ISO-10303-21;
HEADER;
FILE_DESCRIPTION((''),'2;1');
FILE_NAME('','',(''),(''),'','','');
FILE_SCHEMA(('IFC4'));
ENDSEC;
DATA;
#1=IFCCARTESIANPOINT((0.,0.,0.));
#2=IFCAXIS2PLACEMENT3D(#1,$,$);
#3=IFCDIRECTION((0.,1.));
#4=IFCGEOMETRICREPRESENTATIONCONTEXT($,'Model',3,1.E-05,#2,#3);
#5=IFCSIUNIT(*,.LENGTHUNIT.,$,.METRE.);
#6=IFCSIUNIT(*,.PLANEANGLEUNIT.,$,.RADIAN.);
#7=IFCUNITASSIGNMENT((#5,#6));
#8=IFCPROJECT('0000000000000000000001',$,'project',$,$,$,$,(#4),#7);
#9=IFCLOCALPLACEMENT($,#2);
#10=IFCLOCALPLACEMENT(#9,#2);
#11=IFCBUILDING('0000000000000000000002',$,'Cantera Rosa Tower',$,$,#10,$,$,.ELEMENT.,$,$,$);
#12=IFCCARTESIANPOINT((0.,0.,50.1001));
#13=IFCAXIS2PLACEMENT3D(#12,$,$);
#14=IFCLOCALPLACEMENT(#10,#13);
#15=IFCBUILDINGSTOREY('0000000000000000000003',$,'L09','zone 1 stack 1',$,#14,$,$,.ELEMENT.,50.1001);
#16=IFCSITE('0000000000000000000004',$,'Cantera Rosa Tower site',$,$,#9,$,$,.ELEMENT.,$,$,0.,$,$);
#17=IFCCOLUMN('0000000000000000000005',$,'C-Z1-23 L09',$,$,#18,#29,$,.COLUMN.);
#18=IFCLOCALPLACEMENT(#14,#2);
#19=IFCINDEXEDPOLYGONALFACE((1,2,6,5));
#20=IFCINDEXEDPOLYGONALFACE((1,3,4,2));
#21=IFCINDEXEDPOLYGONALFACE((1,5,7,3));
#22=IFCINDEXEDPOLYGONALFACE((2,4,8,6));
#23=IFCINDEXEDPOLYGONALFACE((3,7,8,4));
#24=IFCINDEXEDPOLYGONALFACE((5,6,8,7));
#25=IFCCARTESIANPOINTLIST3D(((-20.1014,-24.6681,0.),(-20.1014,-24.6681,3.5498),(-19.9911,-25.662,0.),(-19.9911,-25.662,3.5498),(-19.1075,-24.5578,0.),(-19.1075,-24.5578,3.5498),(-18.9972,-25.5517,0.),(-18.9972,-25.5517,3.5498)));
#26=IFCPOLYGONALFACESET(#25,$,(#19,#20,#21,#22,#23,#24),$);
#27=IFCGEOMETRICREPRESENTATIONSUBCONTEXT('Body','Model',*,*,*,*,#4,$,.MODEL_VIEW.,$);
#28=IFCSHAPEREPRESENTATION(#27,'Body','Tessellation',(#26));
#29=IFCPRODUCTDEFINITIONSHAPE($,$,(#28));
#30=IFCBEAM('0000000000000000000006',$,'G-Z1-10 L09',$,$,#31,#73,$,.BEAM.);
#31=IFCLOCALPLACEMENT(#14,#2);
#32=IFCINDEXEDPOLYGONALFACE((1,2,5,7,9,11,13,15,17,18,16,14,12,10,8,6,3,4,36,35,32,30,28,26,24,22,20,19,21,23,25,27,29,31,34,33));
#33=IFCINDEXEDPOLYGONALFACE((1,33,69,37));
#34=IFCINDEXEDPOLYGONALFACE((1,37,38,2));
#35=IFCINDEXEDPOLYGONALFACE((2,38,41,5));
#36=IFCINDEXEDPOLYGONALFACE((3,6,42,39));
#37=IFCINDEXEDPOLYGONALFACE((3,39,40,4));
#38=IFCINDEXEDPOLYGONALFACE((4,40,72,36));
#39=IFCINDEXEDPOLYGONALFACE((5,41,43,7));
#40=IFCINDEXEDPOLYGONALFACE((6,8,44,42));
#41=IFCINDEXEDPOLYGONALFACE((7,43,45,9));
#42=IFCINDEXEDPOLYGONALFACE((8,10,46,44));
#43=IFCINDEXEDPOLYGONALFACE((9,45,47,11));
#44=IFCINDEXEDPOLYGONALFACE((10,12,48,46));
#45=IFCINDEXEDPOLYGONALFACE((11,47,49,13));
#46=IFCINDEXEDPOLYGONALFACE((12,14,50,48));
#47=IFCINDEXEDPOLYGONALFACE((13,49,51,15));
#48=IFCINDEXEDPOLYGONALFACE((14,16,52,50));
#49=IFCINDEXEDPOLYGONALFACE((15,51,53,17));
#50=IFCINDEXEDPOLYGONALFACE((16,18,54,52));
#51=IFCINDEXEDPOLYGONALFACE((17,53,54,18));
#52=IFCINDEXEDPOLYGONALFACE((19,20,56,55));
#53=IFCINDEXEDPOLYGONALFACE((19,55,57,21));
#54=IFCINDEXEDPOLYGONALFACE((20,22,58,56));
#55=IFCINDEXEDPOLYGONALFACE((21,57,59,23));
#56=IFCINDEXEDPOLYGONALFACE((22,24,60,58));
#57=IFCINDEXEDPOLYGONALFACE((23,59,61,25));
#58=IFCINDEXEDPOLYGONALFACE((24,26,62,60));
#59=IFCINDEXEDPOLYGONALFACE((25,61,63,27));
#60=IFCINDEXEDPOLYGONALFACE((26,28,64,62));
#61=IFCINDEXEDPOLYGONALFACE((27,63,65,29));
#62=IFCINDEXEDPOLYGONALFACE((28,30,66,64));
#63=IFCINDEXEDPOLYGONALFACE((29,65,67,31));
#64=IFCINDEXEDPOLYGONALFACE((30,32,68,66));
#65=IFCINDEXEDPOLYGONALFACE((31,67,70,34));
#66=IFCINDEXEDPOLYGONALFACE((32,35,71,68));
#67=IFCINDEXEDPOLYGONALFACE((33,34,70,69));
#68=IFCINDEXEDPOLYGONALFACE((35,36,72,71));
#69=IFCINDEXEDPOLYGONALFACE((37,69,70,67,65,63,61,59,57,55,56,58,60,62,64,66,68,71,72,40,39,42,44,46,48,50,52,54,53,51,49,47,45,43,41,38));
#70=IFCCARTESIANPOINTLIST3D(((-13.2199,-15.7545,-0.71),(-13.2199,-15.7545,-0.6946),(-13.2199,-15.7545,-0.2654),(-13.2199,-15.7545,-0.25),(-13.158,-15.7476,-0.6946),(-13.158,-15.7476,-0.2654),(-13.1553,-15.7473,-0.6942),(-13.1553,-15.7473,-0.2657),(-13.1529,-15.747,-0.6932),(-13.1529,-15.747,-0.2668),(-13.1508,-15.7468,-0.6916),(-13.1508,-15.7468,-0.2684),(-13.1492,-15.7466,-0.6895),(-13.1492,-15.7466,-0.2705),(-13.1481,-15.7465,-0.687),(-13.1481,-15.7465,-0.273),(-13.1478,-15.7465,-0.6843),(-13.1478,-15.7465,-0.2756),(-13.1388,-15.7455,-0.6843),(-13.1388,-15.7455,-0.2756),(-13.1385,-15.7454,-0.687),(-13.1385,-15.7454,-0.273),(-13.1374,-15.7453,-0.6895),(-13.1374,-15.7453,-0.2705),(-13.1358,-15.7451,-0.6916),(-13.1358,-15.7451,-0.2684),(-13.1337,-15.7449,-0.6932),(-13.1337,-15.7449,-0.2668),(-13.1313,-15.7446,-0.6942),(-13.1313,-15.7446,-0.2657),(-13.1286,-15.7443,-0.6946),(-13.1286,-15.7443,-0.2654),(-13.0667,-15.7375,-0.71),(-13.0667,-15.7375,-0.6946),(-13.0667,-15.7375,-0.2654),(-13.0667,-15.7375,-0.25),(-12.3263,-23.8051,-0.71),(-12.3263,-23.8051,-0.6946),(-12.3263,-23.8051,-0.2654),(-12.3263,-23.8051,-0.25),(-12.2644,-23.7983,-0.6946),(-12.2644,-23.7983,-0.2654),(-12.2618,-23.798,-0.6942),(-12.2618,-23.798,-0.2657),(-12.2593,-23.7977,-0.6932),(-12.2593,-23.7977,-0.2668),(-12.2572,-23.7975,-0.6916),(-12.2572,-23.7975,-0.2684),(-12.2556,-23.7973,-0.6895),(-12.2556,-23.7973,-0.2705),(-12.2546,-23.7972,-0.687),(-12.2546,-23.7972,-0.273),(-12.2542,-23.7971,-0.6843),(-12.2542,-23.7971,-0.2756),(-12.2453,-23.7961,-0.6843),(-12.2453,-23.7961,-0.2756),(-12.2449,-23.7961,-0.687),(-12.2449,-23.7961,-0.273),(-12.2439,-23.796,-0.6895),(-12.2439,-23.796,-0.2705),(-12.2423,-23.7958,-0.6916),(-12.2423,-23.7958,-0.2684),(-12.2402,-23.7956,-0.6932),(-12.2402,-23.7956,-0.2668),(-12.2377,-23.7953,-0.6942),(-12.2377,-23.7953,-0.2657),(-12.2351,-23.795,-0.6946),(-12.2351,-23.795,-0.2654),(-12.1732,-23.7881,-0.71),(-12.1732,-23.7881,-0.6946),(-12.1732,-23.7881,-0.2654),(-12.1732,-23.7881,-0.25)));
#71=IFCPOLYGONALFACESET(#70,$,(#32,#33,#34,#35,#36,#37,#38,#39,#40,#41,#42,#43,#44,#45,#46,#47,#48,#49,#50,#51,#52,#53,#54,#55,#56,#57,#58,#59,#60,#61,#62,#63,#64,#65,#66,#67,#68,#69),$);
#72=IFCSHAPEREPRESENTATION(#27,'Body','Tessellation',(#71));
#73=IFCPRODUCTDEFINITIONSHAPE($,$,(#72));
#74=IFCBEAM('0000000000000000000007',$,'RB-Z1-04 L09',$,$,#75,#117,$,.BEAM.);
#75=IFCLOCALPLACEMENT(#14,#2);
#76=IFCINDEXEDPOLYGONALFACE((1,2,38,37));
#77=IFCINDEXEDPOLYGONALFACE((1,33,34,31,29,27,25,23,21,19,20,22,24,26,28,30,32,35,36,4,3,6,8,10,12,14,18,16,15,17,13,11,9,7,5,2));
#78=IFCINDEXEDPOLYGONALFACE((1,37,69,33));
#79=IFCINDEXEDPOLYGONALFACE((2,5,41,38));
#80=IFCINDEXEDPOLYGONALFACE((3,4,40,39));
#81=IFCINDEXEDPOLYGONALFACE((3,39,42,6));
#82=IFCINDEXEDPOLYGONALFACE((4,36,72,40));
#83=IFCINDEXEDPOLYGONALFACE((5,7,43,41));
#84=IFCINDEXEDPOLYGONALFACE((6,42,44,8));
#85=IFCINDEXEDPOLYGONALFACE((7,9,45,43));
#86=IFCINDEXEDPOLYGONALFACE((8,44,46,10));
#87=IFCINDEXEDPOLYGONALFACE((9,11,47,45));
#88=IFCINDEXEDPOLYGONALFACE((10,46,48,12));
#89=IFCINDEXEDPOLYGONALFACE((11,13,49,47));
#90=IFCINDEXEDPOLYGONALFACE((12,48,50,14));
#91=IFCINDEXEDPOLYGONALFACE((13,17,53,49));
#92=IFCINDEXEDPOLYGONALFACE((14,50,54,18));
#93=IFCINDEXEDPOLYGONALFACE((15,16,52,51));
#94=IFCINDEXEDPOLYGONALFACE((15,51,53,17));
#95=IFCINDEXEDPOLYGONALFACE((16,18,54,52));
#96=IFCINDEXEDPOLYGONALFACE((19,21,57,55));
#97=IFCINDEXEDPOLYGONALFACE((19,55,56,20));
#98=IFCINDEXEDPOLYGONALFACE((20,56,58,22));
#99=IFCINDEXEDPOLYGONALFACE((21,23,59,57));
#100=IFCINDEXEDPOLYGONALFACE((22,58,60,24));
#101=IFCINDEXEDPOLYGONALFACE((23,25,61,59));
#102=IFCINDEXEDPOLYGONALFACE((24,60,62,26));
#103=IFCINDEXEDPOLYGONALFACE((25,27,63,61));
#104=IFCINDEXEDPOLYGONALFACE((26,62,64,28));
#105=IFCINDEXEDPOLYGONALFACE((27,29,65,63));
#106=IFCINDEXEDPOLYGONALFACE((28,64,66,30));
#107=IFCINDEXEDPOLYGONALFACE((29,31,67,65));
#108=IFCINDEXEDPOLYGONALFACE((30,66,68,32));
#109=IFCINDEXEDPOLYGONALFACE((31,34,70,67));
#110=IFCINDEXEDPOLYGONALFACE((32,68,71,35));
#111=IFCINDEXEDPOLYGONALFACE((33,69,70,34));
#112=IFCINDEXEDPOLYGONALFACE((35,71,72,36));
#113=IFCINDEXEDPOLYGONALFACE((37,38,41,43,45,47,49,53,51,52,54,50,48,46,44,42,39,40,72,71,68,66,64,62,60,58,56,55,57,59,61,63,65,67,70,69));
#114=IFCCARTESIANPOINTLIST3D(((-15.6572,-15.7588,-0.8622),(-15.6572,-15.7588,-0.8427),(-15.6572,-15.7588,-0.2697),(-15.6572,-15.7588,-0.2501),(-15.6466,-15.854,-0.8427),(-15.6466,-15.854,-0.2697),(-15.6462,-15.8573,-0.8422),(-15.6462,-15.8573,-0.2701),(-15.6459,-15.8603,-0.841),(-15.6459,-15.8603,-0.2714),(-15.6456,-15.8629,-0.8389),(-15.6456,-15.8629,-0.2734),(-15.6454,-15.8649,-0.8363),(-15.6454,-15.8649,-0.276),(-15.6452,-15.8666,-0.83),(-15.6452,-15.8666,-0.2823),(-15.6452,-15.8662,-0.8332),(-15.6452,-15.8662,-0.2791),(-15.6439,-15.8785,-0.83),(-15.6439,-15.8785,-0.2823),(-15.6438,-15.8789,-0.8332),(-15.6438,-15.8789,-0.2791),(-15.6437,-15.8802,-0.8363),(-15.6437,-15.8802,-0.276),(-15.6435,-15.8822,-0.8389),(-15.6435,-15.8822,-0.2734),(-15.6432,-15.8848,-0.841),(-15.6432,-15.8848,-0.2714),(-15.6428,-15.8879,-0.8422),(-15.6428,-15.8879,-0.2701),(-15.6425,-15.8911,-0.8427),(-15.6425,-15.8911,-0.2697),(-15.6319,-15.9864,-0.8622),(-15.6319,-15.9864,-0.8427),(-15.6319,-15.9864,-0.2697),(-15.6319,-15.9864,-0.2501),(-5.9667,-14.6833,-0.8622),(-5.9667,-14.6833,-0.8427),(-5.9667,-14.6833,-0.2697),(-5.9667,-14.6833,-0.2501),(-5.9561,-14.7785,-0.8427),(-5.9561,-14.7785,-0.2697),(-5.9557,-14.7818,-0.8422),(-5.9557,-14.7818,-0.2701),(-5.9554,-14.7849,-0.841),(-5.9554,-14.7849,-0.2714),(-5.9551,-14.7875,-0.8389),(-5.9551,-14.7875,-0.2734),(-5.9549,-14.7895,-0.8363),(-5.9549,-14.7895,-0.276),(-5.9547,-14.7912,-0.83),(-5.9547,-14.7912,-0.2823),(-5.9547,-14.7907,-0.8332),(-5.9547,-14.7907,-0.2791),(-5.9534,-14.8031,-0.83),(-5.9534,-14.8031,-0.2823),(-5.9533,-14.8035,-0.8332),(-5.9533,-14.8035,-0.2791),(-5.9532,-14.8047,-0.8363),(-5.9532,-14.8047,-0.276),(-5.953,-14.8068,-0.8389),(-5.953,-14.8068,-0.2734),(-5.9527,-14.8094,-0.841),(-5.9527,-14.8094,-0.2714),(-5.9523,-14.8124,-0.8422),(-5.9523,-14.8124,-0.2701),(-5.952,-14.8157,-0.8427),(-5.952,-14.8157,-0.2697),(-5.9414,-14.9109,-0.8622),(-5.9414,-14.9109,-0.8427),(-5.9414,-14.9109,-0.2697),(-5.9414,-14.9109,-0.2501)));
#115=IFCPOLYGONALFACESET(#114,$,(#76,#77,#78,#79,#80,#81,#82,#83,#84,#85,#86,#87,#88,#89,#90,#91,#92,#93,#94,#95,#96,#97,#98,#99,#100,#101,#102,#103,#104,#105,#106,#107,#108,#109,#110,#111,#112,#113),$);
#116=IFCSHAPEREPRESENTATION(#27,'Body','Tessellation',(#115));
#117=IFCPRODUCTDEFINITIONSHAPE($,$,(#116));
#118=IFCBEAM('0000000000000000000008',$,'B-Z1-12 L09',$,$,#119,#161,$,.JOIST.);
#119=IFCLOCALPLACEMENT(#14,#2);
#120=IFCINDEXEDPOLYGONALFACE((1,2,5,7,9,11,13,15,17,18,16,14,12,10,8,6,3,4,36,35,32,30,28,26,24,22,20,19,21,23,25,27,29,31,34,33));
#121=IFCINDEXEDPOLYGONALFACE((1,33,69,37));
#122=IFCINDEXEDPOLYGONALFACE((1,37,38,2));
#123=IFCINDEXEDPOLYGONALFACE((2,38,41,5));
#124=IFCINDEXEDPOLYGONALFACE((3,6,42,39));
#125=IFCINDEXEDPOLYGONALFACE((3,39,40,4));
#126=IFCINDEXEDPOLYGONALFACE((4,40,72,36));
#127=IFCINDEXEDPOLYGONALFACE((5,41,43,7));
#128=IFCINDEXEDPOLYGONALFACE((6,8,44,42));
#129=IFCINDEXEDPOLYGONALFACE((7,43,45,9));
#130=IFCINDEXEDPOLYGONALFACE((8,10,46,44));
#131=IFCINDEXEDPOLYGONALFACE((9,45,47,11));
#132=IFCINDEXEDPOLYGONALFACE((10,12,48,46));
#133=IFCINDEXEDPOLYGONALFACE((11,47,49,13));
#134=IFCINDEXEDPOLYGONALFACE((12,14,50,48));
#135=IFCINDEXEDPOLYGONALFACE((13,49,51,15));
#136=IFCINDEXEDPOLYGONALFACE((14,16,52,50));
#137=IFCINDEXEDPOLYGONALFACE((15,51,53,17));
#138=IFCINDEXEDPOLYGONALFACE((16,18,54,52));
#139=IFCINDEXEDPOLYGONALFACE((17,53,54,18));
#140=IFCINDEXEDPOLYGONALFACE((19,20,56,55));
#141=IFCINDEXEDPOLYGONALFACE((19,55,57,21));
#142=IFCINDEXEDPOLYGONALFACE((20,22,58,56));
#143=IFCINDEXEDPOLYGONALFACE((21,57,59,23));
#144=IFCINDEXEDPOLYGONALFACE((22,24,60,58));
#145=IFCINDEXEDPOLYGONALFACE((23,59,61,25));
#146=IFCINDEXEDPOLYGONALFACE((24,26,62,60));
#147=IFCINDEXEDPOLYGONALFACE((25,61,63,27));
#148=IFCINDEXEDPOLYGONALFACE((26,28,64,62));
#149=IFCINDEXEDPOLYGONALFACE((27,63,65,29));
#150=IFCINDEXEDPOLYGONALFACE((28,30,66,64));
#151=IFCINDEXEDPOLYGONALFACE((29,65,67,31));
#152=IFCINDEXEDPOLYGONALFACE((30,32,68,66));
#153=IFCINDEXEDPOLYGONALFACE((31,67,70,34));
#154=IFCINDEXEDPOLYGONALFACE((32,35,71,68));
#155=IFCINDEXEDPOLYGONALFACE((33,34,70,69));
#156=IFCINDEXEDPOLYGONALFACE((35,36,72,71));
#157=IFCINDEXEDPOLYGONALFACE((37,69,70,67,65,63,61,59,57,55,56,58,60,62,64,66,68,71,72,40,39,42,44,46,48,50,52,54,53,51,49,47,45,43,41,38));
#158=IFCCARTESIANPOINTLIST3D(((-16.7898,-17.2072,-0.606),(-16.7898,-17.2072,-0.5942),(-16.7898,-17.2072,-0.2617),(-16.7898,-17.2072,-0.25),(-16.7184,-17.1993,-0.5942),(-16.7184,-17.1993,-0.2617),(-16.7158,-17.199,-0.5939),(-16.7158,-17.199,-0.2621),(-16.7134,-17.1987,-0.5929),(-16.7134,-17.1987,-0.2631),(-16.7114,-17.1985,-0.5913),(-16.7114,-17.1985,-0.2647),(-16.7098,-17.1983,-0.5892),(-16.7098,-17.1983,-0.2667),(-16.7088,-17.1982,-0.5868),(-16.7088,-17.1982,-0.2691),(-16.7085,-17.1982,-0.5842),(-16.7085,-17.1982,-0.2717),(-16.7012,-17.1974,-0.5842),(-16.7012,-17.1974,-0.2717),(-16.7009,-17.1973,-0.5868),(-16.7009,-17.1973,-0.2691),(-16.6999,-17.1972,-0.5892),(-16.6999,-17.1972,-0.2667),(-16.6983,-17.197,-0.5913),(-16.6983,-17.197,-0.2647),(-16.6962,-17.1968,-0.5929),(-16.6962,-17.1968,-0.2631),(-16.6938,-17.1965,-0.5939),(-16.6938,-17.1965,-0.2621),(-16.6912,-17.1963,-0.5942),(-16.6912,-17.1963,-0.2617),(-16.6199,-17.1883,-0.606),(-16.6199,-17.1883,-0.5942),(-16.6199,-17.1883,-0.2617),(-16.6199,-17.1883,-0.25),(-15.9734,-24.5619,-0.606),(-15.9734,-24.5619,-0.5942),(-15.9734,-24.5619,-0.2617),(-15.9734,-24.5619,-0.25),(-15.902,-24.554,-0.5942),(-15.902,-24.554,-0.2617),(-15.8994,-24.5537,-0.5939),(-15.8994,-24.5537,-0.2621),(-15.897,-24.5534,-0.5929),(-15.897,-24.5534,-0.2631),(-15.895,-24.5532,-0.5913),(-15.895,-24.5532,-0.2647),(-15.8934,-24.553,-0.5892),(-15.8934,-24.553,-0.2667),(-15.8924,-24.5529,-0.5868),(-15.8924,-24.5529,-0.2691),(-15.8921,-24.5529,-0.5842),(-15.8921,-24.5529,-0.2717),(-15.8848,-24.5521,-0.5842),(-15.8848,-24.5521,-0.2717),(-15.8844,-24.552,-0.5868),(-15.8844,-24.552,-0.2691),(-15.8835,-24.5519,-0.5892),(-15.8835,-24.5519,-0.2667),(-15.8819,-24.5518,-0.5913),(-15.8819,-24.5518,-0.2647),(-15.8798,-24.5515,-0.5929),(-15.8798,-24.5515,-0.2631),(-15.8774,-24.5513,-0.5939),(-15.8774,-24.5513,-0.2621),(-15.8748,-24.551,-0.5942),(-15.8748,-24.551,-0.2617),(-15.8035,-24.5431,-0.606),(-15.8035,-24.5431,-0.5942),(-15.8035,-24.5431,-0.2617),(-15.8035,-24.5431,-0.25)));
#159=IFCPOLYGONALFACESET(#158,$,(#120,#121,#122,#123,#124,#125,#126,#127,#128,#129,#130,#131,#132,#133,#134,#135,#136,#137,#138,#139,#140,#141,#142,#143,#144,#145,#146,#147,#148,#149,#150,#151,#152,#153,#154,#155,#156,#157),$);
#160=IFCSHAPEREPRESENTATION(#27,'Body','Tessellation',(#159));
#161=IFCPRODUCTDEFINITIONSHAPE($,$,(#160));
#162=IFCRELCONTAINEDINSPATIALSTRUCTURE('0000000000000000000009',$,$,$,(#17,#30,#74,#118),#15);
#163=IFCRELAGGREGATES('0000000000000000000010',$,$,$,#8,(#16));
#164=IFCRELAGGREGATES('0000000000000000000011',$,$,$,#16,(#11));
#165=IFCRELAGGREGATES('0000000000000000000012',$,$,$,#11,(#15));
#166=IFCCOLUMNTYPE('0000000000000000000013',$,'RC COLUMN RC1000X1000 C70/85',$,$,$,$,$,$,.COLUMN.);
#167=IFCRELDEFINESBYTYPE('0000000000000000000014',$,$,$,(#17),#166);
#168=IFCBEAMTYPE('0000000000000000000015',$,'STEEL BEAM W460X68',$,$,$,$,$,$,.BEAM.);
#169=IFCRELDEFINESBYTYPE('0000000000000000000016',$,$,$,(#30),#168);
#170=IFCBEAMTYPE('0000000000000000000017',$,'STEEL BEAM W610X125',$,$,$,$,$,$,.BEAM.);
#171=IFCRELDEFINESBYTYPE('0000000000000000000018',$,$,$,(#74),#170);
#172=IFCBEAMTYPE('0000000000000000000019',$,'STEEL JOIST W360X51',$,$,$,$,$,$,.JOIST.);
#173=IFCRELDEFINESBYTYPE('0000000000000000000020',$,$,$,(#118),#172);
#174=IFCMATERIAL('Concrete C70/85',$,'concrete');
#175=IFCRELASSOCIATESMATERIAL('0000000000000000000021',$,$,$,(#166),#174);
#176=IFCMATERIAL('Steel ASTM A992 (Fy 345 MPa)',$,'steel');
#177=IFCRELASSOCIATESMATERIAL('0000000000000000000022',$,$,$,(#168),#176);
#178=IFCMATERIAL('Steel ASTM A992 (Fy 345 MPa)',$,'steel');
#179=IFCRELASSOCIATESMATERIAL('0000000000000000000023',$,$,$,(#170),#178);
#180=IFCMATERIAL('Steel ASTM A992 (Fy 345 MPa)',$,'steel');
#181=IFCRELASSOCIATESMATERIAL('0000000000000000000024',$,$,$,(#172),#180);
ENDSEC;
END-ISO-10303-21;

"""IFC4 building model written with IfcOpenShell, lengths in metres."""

from ifc_helpers import new_model, si_unit, direction, frame, origin, origin_2d, place, context, subcontext, project, spatial, rectangle, i_section, extrude, material, material_profile, profile_set, type_object, element, save


model = new_model("IFC4")

# Units and contexts
model_context = context("Model", 3, precision=1e-05, world=origin(), true_north=direction((0.0, 1.0)))
body_context = subcontext(model_context, "Body", "Model", "MODEL_VIEW")
ifc_project = project(units=[si_unit("LENGTHUNIT", "METRE"), si_unit("PLANEANGLEUNIT", "RADIAN")], contexts=[model_context])

# Site, building, storey
site_placement = place(None, origin())
site = spatial("IfcSite", under=ifc_project, at=site_placement, Name="Cantera Rosa Tower site", CompositionType="ELEMENT", RefElevation=0.0)
building_placement = place(site_placement, origin())
building = spatial("IfcBuilding", under=site, at=building_placement, Name="Cantera Rosa Tower", CompositionType="ELEMENT")
storey_placement = place(building_placement, frame((0.0, 0.0, 50.1001)))
storey = spatial("IfcBuildingStorey", under=building, at=storey_placement, Name="L09", Description="zone 1 stack 1", CompositionType="ELEMENT", Elevation=50.1001)

# Column
ifc_material_1 = material(Name="Concrete C70/85", Category="concrete")
ifc_material_profile_1 = material_profile(ifc_material_1, rectangle(XDim=1.0, YDim=1.0, at=origin_2d()), Name="RC COLUMN RC1000X1000 C70/85")
ifc_profile_set_1 = profile_set([ifc_material_profile_1], Name="Concrete C70/85")
column_type = type_object("IfcColumnType", Name="RC COLUMN RC1000X1000 C70/85", PredefinedType="COLUMN", material=ifc_profile_set_1)
column_placement = place(storey_placement, frame((-19.5493, -25.1099, 0.0), z_axis=(0.0, 0.0, 1.0), x_axis=(0.993897, 0.110313, 0.0)))
element("IfcColumn", 1, at=column_placement, inside=storey, type_object=column_type, Name="C-Z1-23 L09", PredefinedType="COLUMN", context=body_context, shape_type="SweptSolid", body=[
    extrude(rectangle(XDim=1.0, YDim=1.0, at=origin_2d()), origin(), (0.0, 0.0, 1.0), 3.5498),
])

# Beams
ifc_material_2 = material(Name="Steel ASTM A992 (Fy 345 MPa)", Category="steel")
ifc_material_profile_2 = material_profile(ifc_material_2, i_section(OverallWidth=0.1541, OverallDepth=0.46, WebThickness=0.009, FlangeThickness=0.0154, FilletRadius=0.0103, at=origin_2d()), Name="W460X68")
ifc_profile_set_2 = profile_set([ifc_material_profile_2], Name="Steel ASTM A992 (Fy 345 MPa)")
beam_type_1 = type_object("IfcBeamType", Name="STEEL BEAM W460X68", PredefinedType="BEAM", material=ifc_profile_set_2)
beam_1_placement = place(storey_placement, frame((-12.2498, -23.7966, -0.48), z_axis=(-0.110312, 0.993897, 0.0), x_axis=(-0.993897, -0.110312, 0.0)))
element("IfcBeam", 2, at=beam_1_placement, inside=storey, type_object=beam_type_1, Name="G-Z1-10 L09", PredefinedType="BEAM", context=body_context, shape_type="SweptSolid", body=[
    extrude(i_section(OverallWidth=0.1541, OverallDepth=0.46, WebThickness=0.009, FlangeThickness=0.0154, FilletRadius=0.0103, at=origin_2d()), origin(), (0.0, 0.0, 1.0), 8.1001),
])
ifc_material_3 = material(Name="Steel ASTM A992 (Fy 345 MPa)", Category="steel")
ifc_material_profile_3 = material_profile(ifc_material_3, i_section(OverallWidth=0.229, OverallDepth=0.6121, WebThickness=0.012, FlangeThickness=0.0195, FilletRadius=0.0127, at=origin_2d()), Name="W610X125")
ifc_profile_set_3 = profile_set([ifc_material_profile_3], Name="Steel ASTM A992 (Fy 345 MPa)")
beam_type_2 = type_object("IfcBeamType", Name="STEEL BEAM W610X125", PredefinedType="BEAM", material=ifc_profile_set_3)
beam_2_placement = place(storey_placement, frame((-15.6445, -15.8726, -0.5562), z_axis=(0.993898, 0.110302, 0.0), x_axis=(-0.110302, 0.993898, 0.0)))
element("IfcBeam", 3, at=beam_2_placement, inside=storey, type_object=beam_type_2, Name="RB-Z1-04 L09", PredefinedType="BEAM", context=body_context, shape_type="SweptSolid", body=[
    extrude(i_section(OverallWidth=0.229, OverallDepth=0.6121, WebThickness=0.012, FlangeThickness=0.0195, FilletRadius=0.0127, at=origin_2d()), origin(), (0.0, 0.0, 1.0), 9.75),
])
ifc_material_4 = material(Name="Steel ASTM A992 (Fy 345 MPa)", Category="steel")
ifc_material_profile_4 = material_profile(ifc_material_4, i_section(OverallWidth=0.1709, OverallDepth=0.356, WebThickness=0.0073, FlangeThickness=0.0117, FilletRadius=0.01, at=origin_2d()), Name="W360X51")
ifc_profile_set_4 = profile_set([ifc_material_profile_4], Name="Steel ASTM A992 (Fy 345 MPa)")
beam_type_3 = type_object("IfcBeamType", Name="STEEL JOIST W360X51", PredefinedType="JOIST", material=ifc_profile_set_4)
beam_3_placement = place(storey_placement, frame((-15.8884, -24.5525, -0.428), z_axis=(-0.110327, 0.993895, 0.0), x_axis=(-0.993895, -0.110327, 0.0)))
element("IfcBeam", 4, at=beam_3_placement, inside=storey, type_object=beam_type_3, Name="B-Z1-12 L09", PredefinedType="JOIST", context=body_context, shape_type="SweptSolid", body=[
    extrude(i_section(OverallWidth=0.1709, OverallDepth=0.356, WebThickness=0.0073, FlangeThickness=0.0117, FilletRadius=0.01, at=origin_2d()), origin(), (0.0, 0.0, 1.0), 7.3999),
])

save(model, "model.ifc")
